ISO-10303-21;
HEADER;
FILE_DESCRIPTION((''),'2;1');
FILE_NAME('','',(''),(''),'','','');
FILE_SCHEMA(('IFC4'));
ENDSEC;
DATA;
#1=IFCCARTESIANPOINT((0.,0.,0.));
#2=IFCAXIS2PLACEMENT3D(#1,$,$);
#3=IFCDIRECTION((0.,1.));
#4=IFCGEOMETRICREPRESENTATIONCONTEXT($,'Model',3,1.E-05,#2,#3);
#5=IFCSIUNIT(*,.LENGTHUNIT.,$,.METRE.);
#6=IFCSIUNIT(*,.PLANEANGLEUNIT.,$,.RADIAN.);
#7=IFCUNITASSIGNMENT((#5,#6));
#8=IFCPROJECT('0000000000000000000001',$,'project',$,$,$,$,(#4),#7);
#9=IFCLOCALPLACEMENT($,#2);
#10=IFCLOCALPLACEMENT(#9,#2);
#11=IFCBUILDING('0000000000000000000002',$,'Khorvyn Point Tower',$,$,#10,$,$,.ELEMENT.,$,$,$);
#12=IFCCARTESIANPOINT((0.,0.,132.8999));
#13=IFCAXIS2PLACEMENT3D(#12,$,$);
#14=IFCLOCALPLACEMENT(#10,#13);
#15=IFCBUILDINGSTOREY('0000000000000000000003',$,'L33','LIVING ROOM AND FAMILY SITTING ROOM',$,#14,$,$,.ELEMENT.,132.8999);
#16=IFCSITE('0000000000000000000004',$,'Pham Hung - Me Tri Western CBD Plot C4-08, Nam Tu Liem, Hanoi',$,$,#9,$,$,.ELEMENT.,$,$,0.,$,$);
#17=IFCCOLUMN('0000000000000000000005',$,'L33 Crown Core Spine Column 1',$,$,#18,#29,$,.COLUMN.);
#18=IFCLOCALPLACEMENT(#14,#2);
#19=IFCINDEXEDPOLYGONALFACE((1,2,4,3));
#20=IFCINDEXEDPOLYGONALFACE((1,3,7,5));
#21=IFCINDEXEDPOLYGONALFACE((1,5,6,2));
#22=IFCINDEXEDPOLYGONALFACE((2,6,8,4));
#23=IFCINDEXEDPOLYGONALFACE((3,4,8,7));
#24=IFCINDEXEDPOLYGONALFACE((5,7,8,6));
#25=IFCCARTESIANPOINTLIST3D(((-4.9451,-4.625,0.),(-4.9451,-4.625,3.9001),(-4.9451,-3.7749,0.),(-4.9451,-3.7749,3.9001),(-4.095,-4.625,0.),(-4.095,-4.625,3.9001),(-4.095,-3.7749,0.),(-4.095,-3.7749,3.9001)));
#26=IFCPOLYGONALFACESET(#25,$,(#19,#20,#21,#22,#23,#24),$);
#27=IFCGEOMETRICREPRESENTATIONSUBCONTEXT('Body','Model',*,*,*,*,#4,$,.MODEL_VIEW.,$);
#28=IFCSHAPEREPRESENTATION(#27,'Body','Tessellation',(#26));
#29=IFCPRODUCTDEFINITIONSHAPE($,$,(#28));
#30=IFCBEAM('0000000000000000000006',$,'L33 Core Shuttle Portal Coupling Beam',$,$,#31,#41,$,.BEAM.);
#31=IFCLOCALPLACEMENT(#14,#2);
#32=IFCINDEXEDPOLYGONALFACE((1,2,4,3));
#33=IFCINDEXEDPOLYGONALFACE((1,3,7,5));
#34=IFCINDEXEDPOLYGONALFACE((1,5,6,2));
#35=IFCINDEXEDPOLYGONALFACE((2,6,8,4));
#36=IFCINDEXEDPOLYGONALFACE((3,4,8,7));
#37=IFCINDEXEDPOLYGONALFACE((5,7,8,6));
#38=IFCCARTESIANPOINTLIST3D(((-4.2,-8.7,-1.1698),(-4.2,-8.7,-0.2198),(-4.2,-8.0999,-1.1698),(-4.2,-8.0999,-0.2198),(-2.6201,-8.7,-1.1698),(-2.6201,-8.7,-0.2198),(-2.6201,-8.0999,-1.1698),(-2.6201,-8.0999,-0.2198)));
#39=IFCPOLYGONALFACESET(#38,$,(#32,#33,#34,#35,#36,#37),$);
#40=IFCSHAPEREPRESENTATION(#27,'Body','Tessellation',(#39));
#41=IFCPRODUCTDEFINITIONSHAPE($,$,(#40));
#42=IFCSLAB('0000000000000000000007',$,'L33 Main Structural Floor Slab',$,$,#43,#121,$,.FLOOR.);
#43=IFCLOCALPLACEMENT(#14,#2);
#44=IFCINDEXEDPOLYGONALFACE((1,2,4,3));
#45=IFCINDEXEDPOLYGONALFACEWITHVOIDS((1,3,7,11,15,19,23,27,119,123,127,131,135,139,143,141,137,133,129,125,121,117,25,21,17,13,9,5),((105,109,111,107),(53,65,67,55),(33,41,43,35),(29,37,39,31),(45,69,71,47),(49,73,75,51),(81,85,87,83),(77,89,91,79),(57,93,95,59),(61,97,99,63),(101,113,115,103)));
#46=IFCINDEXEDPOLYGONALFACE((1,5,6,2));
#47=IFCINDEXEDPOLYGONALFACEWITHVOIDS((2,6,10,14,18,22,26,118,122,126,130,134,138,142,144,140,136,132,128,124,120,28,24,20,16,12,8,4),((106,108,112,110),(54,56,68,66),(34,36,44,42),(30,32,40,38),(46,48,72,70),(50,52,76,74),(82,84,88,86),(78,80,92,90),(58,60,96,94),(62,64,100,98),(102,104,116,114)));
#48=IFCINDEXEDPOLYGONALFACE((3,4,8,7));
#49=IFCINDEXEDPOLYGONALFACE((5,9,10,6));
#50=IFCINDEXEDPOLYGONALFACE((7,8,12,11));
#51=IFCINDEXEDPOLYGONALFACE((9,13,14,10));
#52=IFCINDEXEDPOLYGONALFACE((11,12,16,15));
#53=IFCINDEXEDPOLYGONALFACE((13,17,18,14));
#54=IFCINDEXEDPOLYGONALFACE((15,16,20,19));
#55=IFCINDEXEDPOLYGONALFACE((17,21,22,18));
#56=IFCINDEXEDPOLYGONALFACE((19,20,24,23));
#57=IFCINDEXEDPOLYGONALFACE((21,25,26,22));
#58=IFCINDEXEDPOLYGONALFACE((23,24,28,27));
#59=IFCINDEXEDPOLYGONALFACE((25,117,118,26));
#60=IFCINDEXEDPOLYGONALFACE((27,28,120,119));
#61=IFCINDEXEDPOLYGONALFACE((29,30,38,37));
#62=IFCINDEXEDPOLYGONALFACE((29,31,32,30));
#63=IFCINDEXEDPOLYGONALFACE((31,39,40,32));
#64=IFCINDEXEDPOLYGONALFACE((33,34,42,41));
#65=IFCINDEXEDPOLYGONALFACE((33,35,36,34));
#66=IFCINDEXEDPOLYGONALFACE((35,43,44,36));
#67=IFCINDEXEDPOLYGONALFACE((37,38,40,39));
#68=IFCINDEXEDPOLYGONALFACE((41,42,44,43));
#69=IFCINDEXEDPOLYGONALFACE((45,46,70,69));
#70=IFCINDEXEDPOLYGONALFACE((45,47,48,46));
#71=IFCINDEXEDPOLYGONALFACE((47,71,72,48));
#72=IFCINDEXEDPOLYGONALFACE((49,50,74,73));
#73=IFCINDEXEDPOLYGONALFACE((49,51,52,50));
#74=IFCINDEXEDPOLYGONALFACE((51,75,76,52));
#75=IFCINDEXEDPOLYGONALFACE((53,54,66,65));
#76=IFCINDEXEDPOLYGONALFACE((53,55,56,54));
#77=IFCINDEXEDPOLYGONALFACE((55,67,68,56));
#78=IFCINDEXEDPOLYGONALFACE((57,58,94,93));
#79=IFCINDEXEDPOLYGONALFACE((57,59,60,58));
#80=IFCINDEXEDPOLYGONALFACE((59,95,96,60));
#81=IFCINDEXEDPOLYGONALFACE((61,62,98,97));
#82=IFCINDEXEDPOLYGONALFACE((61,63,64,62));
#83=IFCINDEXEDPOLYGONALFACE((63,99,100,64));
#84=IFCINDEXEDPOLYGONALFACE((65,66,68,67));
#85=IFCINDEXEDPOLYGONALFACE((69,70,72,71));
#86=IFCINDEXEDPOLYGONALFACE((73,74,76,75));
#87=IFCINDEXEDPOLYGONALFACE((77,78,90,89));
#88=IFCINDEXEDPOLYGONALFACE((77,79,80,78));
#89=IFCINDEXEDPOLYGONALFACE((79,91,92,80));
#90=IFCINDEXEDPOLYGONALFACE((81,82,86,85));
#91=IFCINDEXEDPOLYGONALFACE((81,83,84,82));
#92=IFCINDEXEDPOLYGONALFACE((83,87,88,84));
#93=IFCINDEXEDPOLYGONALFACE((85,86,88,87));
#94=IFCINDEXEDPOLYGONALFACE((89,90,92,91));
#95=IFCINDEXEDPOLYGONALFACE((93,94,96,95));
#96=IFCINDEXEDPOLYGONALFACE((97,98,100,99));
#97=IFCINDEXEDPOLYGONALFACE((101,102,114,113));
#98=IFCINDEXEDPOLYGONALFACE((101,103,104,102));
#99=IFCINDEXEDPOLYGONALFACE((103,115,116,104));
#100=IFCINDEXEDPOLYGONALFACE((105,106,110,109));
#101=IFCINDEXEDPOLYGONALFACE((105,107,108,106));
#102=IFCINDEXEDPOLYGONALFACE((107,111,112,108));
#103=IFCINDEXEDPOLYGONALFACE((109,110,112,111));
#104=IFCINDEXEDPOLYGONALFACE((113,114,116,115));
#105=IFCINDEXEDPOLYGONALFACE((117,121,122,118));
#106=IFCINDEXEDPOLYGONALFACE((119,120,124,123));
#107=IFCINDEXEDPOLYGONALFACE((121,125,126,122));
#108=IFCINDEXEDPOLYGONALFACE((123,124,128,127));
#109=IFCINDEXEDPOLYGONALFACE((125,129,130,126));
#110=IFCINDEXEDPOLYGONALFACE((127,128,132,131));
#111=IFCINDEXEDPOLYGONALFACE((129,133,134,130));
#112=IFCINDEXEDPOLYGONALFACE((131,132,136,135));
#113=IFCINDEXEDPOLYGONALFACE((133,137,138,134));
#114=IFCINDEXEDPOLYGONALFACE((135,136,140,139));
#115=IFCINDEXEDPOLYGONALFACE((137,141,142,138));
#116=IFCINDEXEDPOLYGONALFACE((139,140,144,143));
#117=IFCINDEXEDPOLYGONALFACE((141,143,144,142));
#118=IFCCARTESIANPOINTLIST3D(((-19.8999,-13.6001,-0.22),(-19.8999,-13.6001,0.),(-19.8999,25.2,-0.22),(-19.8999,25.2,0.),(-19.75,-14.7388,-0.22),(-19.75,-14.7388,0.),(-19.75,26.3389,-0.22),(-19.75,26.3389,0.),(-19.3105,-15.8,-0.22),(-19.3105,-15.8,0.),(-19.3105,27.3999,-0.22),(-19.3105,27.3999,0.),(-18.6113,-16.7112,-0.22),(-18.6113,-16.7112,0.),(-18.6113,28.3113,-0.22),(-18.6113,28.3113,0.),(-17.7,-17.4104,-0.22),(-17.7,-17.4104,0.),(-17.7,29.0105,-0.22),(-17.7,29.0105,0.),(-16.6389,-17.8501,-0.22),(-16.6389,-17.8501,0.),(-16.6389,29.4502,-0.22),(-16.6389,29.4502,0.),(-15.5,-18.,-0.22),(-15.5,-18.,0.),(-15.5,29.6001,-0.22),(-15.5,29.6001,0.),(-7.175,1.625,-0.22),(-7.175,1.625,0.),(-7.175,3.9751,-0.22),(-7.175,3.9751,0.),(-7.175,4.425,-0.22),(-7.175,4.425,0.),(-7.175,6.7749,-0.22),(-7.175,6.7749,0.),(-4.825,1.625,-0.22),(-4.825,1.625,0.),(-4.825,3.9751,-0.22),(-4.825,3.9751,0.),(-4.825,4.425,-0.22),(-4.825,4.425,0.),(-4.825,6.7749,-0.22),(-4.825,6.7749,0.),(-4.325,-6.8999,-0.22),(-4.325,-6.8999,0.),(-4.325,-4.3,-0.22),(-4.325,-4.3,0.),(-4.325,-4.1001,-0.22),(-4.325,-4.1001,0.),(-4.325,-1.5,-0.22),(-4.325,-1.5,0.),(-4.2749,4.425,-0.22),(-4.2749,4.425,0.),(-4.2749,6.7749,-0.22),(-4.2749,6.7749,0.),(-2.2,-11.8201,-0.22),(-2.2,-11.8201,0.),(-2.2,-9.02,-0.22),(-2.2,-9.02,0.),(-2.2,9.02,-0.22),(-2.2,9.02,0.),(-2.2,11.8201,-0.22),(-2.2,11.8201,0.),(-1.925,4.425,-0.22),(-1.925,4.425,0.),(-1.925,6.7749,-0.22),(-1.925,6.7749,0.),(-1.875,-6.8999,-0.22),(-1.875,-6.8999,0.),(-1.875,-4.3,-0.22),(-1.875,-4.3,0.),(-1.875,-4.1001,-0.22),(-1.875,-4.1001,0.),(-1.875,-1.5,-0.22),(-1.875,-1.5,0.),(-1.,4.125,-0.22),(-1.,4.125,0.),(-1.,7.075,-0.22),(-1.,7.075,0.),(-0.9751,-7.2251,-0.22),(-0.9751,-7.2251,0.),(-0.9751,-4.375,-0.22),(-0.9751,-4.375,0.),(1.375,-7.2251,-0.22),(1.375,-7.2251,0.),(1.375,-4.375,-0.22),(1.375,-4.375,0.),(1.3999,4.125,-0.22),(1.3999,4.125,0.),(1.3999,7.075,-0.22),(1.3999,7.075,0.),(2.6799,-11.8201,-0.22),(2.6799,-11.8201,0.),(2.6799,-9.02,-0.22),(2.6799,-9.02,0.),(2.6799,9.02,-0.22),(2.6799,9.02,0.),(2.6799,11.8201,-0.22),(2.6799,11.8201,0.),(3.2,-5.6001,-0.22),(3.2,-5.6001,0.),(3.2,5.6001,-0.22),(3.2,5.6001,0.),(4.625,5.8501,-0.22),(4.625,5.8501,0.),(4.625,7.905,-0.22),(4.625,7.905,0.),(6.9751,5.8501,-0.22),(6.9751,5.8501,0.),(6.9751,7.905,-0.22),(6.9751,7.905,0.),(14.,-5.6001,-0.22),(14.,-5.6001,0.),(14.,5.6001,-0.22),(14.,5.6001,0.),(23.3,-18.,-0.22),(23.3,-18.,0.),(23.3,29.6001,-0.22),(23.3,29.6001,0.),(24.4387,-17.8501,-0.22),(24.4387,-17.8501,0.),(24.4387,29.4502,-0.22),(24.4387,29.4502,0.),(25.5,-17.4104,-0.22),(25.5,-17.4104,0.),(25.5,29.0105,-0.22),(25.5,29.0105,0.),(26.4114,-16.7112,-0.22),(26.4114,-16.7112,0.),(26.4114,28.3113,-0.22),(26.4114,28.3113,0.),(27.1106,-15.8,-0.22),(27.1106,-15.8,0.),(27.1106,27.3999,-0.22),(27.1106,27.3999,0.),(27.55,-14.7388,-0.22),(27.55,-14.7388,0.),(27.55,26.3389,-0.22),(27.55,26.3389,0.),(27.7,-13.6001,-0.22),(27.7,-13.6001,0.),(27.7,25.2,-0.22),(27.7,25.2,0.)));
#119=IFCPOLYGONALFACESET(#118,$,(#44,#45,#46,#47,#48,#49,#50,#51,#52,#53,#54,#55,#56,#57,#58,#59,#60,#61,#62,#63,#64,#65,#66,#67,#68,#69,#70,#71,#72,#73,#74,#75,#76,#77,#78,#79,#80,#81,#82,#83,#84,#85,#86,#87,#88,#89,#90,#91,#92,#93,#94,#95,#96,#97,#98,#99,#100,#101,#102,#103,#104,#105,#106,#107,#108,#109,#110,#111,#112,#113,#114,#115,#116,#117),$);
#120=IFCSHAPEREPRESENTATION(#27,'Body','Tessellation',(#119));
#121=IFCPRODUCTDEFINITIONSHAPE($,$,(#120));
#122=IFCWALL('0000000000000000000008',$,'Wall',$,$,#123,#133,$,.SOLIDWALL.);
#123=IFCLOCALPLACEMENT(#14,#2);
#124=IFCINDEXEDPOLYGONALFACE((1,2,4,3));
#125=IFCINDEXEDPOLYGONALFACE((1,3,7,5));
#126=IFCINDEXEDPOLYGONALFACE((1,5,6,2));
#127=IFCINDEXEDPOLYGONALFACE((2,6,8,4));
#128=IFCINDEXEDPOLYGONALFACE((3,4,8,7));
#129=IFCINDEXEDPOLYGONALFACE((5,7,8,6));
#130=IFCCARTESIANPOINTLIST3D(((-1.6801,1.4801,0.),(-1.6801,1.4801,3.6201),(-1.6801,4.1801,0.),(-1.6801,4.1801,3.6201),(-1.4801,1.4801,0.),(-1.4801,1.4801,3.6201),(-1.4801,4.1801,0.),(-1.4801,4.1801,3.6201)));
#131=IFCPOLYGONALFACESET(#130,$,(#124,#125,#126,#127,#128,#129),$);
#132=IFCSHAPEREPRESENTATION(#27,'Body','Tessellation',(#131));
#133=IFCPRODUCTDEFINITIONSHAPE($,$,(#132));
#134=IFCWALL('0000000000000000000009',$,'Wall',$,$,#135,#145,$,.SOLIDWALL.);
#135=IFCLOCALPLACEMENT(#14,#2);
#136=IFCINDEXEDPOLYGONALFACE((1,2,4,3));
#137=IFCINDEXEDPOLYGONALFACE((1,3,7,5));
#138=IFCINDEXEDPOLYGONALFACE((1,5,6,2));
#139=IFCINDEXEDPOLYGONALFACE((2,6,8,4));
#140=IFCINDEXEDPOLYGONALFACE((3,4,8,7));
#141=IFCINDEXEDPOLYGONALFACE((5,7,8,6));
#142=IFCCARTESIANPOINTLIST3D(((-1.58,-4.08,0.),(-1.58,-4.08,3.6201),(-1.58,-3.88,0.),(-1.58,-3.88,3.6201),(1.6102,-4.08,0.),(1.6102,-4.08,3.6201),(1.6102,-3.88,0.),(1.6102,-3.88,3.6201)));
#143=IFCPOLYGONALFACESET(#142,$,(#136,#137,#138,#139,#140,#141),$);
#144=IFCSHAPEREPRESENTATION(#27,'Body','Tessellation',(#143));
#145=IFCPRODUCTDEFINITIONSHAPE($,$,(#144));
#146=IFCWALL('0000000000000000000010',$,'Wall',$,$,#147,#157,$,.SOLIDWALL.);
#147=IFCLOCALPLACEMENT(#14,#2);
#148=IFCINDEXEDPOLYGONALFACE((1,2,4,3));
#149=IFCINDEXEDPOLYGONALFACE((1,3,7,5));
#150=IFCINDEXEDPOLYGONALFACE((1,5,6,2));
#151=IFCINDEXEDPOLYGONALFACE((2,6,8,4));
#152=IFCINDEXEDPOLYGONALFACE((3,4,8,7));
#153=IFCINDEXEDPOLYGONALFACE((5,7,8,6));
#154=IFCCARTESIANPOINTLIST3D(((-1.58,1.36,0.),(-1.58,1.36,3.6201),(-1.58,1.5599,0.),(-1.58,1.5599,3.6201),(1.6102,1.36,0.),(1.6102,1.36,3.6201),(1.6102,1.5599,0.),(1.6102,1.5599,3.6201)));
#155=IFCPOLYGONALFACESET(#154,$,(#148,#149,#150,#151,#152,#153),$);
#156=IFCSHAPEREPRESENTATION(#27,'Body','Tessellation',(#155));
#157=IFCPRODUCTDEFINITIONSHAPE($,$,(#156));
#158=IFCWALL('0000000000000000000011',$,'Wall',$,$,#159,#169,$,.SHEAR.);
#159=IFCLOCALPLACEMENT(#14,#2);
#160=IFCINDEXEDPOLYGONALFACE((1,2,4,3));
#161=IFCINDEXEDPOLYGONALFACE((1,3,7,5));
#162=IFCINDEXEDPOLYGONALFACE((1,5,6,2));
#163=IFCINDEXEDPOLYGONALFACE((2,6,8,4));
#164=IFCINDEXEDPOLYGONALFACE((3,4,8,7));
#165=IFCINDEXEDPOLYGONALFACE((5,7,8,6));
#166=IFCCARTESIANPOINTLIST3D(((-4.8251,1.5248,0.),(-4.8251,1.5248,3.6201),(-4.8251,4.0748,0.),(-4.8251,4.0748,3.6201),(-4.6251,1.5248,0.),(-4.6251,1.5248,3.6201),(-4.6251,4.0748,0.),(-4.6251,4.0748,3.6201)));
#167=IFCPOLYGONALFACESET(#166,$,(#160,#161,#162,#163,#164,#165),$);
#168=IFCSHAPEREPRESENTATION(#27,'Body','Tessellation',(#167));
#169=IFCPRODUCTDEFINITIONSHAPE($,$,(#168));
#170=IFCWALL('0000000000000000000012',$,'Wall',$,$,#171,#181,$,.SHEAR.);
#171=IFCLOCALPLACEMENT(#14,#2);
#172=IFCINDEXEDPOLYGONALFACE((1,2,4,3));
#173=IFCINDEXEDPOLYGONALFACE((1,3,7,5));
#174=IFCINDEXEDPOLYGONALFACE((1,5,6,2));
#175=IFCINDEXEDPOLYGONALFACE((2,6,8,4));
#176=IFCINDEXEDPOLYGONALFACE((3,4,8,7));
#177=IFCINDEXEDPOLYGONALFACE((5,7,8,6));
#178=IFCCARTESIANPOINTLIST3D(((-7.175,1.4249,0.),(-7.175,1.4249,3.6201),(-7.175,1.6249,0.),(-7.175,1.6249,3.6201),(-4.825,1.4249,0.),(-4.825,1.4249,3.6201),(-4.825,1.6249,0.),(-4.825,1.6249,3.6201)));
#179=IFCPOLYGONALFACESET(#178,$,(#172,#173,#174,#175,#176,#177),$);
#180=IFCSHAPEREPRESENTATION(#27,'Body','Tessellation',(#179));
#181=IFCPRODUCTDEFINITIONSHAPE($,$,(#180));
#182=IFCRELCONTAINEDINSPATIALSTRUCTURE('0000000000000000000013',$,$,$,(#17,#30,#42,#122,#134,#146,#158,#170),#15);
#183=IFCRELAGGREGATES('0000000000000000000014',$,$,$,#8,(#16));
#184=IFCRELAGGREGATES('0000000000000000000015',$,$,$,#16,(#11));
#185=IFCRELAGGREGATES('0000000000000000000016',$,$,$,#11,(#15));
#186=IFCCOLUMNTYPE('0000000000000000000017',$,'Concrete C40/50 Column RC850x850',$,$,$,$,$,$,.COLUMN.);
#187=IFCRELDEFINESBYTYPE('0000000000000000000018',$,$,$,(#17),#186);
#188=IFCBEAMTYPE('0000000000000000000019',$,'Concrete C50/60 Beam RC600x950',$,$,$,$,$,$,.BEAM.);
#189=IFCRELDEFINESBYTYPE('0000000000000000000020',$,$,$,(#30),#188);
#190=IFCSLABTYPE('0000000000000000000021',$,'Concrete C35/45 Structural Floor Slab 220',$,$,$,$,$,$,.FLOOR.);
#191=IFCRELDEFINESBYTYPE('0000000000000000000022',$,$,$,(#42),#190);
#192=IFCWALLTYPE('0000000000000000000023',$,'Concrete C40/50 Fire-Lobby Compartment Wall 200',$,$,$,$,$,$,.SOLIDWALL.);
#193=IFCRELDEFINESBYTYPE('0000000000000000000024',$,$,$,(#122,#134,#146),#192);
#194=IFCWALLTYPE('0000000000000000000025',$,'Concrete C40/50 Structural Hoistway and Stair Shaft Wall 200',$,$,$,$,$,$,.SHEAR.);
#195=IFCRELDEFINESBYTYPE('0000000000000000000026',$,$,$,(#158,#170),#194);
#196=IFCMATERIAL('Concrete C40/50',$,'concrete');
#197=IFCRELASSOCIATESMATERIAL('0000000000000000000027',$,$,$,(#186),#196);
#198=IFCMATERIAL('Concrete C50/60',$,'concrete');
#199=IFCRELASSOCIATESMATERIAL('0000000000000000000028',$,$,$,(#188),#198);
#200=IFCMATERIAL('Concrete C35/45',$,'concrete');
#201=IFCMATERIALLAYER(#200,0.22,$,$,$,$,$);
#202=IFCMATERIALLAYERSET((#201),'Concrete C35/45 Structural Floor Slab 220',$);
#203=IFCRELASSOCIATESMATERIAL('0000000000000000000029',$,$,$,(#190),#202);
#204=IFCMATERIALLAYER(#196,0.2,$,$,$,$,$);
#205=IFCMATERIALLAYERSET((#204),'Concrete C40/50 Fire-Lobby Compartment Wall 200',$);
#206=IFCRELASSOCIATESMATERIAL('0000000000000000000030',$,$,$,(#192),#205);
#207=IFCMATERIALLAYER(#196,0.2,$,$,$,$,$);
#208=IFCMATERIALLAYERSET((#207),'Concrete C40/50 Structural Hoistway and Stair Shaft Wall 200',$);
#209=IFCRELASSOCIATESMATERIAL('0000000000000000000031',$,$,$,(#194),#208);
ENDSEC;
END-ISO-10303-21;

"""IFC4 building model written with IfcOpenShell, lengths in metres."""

from ifc_helpers import new_model, si_unit, direction, frame, frame_2d, origin, origin_2d, place, context, subcontext, project, spatial, polyline, rectangle, outline, extrude, material, layer, layer_set, material_profile, profile_set, type_object, element, save


model = new_model("IFC4")

# Units and contexts
model_context = context("Model", 3, precision=1e-05, world=origin(), true_north=direction((0.0, 1.0)))
body_context = subcontext(model_context, "Body", "Model", "MODEL_VIEW")
ifc_project = project(units=[si_unit("LENGTHUNIT", "METRE"), si_unit("PLANEANGLEUNIT", "RADIAN")], contexts=[model_context])

# Site, building, storey
site_placement = place(None, origin())
site = spatial("IfcSite", under=ifc_project, at=site_placement, Name="Pham Hung - Me Tri Western CBD Plot C4-08, Nam Tu Liem, Hanoi", CompositionType="ELEMENT", RefElevation=0.0)
building_placement = place(site_placement, origin())
building = spatial("IfcBuilding", under=site, at=building_placement, Name="Khorvyn Point Tower", CompositionType="ELEMENT")
storey_placement = place(building_placement, frame((0.0, 0.0, 132.8999)))
storey = spatial("IfcBuildingStorey", under=building, at=storey_placement, Name="L33", Description="LIVING ROOM AND FAMILY SITTING ROOM", CompositionType="ELEMENT", Elevation=132.8999)

# Column
ifc_material_1 = material(Name="Concrete C40/50", Category="concrete")
ifc_material_profile_1 = material_profile(ifc_material_1, rectangle(XDim=0.8501, YDim=0.8501, at=origin_2d()))
ifc_profile_set_1 = profile_set([ifc_material_profile_1], Name="Concrete C40/50 RC850x850")
column_type = type_object("IfcColumnType", Name="Concrete C40/50 Column RC850x850", PredefinedType="COLUMN", material=ifc_profile_set_1)
column_placement = place(storey_placement, frame((-4.52, -4.2, 0.0), z_axis=(0.0, 0.0, 1.0), x_axis=(1.0, 0.0, 0.0)))
element("IfcColumn", 1, at=column_placement, inside=storey, type_object=column_type, Name="L33 Crown Core Spine Column 1", PredefinedType="COLUMN", context=body_context, shape_type="SweptSolid", body=[
    extrude(rectangle(XDim=0.8501, YDim=0.8501, at=origin_2d()), origin(), (0.0, 0.0, 1.0), 3.9001),
])

# Beam
ifc_material_2 = material(Name="Concrete C50/60", Category="concrete")
ifc_material_profile_2 = material_profile(ifc_material_2, rectangle(XDim=0.6001, YDim=0.95, at=origin_2d()))
ifc_profile_set_2 = profile_set([ifc_material_profile_2], Name="Concrete C50/60 RC600x950")
beam_type = type_object("IfcBeamType", Name="Concrete C50/60 Beam RC600x950", PredefinedType="BEAM", material=ifc_profile_set_2)
beam_placement = place(storey_placement, frame((-4.2, -8.3999, -0.6948), z_axis=(1.0, 0.0, 0.0), x_axis=(0.0, 1.0, 0.0)))
element("IfcBeam", 2, at=beam_placement, inside=storey, type_object=beam_type, Name="L33 Core Shuttle Portal Coupling Beam", PredefinedType="BEAM", context=body_context, shape_type="SweptSolid", body=[
    extrude(rectangle(XDim=0.6001, YDim=0.95, at=origin_2d()), origin(), (0.0, 0.0, 1.0), 1.5798),
])

# Slab
ifc_material_3 = material(Name="Concrete C35/45", Category="concrete")
ifc_layer_1 = layer(ifc_material_3, 0.22)
ifc_layer_set_1 = layer_set([ifc_layer_1], Name="Concrete C35/45 Structural Floor Slab 220")
slab_type = type_object("IfcSlabType", Name="Concrete C35/45 Structural Floor Slab 220", PredefinedType="FLOOR", material=ifc_layer_set_1)
slab_placement = place(storey_placement, frame((0.0, 0.0, -0.22)))
element("IfcSlab", 3, at=slab_placement, inside=storey, type_object=slab_type, Name="L33 Main Structural Floor Slab", PredefinedType="FLOOR", context=body_context, shape_type="SweptSolid", body=[
    extrude(outline(polyline([(-15.5, -18.0), (-16.6389, -17.8501), (-17.7, -17.4104), (-18.6113, -16.7112), (-19.3105, -15.8), (-19.75, -14.7388), (-19.8999, -13.6001), (-19.8999, 25.2), (-19.75, 26.3389), (-19.3105, 27.3999), (-18.6113, 28.3113), (-17.7, 29.0105), (-16.6389, 29.4502), (-15.5, 29.6001), (23.3, 29.6001), (24.4387, 29.4502), (25.5, 29.0105), (26.4114, 28.3113), (27.1106, 27.3999), (27.55, 26.3389), (27.7, 25.2), (27.7, -13.6001), (27.55, -14.7388), (27.1106, -15.8), (26.4114, -16.7112), (25.5, -17.4104), (24.4387, -17.8501), (23.3, -18.0), (-15.5, -18.0)]), holes=[polyline([(-1.875, -6.8999), (-1.875, -4.3), (-4.325, -4.3), (-4.325, -6.8999), (-1.875, -6.8999)]), polyline([(-1.875, -4.1001), (-1.875, -1.5), (-4.325, -1.5), (-4.325, -4.1001), (-1.875, -4.1001)]), polyline([(-4.825, 1.625), (-4.825, 3.9751), (-7.175, 3.9751), (-7.175, 1.625), (-4.825, 1.625)]), polyline([(-7.175, 4.425), (-4.825, 4.425), (-4.825, 6.7749), (-7.175, 6.7749), (-7.175, 4.425)]), polyline([(-4.2749, 4.425), (-1.925, 4.425), (-1.925, 6.7749), (-4.2749, 6.7749), (-4.2749, 4.425)]), polyline([(1.3999, 4.125), (1.3999, 7.075), (-1.0, 7.075), (-1.0, 4.125), (1.3999, 4.125)]), polyline([(-2.2, -11.8201), (2.6799, -11.8201), (2.6799, -9.02), (-2.2, -9.02), (-2.2, -11.8201)]), polyline([(-0.9751, -7.2251), (1.375, -7.2251), (1.375, -4.375), (-0.9751, -4.375), (-0.9751, -7.2251)]), polyline([(14.0, -5.6001), (14.0, 5.6001), (3.2, 5.6001), (3.2, -5.6001), (14.0, -5.6001)]), polyline([(4.625, 5.8501), (6.9751, 5.8501), (6.9751, 7.905), (4.625, 7.905), (4.625, 5.8501)]), polyline([(-2.2, 9.02), (2.6799, 9.02), (2.6799, 11.8201), (-2.2, 11.8201), (-2.2, 9.02)])]), origin(), (0.0, 0.0, 1.0), 0.22),
])

# Walls
ifc_layer_2 = layer(ifc_material_1, 0.2)
ifc_layer_set_2 = layer_set([ifc_layer_2], Name="Concrete C40/50 Fire-Lobby Compartment Wall 200")
wall_type_1 = type_object("IfcWallType", Name="Concrete C40/50 Fire-Lobby Compartment Wall 200", PredefinedType="SOLIDWALL", material=ifc_layer_set_2)
wall_1_placement = place(storey_placement, frame((-1.5801, 1.48, 0.0), z_axis=(0.0, 0.0, 1.0), x_axis=(0.0, 1.0, 0.0)))
element("IfcWall", 4, at=wall_1_placement, inside=storey, type_object=wall_type_1, Name="Wall", PredefinedType="SOLIDWALL", context=body_context, shape_type="SweptSolid", body=[
    extrude(rectangle(XDim=2.7, YDim=0.2, at=frame_2d((1.3501, 0.0))), origin(), (0.0, 0.0, 1.0), 3.6201),
])
for number, where, z_axis, x_axis, name in (
    (5, (-1.5801, -3.98, 0.0), (0.0, 0.0, 1.0), (1.0, 0.0, 0.0), "Wall"),
    (6, (-1.5801, 1.46, 0.0), (0.0, 0.0, 1.0), (1.0, 0.0, 0.0), "Wall"),
):
    element("IfcWall", number, at=place(storey_placement, frame(where, z_axis=z_axis, x_axis=x_axis)), inside=storey, type_object=wall_type_1, Name=name, PredefinedType="SOLIDWALL", context=body_context, shape_type="SweptSolid", body=[
        extrude(rectangle(XDim=3.1902, YDim=0.2, at=frame_2d((1.5952, 0.0))), origin(), (0.0, 0.0, 1.0), 3.6201),
    ])
ifc_layer_3 = layer(ifc_material_1, 0.2)
ifc_layer_set_3 = layer_set([ifc_layer_3], Name="Concrete C40/50 Structural Hoistway and Stair Shaft Wall 200")
wall_type_2 = type_object("IfcWallType", Name="Concrete C40/50 Structural Hoistway and Stair Shaft Wall 200", PredefinedType="SHEAR", material=ifc_layer_set_3)
wall_2_placement = place(storey_placement, frame((-4.7251, 1.5249, 0.0), z_axis=(0.0, 0.0, 1.0), x_axis=(0.0, 1.0, 0.0)))
element("IfcWall", 7, at=wall_2_placement, inside=storey, type_object=wall_type_2, Name="Wall", PredefinedType="SHEAR", context=body_context, shape_type="SweptSolid", body=[
    extrude(rectangle(XDim=2.55, YDim=0.2, at=frame_2d((1.2749, 0.0))), origin(), (0.0, 0.0, 1.0), 3.6201),
])
for number, where, z_axis, x_axis, name in (
    (8, (-7.175, 1.5249, 0.0), (0.0, 0.0, 1.0), (1.0, 0.0, 0.0), "Wall"),
):
    element("IfcWall", number, at=place(storey_placement, frame(where, z_axis=z_axis, x_axis=x_axis)), inside=storey, type_object=wall_type_2, Name=name, PredefinedType="SHEAR", context=body_context, shape_type="SweptSolid", body=[
        extrude(rectangle(XDim=2.3501, YDim=0.2, at=frame_2d((1.175, 0.0))), origin(), (0.0, 0.0, 1.0), 3.6201),
    ])

save(model, "model.ifc")
